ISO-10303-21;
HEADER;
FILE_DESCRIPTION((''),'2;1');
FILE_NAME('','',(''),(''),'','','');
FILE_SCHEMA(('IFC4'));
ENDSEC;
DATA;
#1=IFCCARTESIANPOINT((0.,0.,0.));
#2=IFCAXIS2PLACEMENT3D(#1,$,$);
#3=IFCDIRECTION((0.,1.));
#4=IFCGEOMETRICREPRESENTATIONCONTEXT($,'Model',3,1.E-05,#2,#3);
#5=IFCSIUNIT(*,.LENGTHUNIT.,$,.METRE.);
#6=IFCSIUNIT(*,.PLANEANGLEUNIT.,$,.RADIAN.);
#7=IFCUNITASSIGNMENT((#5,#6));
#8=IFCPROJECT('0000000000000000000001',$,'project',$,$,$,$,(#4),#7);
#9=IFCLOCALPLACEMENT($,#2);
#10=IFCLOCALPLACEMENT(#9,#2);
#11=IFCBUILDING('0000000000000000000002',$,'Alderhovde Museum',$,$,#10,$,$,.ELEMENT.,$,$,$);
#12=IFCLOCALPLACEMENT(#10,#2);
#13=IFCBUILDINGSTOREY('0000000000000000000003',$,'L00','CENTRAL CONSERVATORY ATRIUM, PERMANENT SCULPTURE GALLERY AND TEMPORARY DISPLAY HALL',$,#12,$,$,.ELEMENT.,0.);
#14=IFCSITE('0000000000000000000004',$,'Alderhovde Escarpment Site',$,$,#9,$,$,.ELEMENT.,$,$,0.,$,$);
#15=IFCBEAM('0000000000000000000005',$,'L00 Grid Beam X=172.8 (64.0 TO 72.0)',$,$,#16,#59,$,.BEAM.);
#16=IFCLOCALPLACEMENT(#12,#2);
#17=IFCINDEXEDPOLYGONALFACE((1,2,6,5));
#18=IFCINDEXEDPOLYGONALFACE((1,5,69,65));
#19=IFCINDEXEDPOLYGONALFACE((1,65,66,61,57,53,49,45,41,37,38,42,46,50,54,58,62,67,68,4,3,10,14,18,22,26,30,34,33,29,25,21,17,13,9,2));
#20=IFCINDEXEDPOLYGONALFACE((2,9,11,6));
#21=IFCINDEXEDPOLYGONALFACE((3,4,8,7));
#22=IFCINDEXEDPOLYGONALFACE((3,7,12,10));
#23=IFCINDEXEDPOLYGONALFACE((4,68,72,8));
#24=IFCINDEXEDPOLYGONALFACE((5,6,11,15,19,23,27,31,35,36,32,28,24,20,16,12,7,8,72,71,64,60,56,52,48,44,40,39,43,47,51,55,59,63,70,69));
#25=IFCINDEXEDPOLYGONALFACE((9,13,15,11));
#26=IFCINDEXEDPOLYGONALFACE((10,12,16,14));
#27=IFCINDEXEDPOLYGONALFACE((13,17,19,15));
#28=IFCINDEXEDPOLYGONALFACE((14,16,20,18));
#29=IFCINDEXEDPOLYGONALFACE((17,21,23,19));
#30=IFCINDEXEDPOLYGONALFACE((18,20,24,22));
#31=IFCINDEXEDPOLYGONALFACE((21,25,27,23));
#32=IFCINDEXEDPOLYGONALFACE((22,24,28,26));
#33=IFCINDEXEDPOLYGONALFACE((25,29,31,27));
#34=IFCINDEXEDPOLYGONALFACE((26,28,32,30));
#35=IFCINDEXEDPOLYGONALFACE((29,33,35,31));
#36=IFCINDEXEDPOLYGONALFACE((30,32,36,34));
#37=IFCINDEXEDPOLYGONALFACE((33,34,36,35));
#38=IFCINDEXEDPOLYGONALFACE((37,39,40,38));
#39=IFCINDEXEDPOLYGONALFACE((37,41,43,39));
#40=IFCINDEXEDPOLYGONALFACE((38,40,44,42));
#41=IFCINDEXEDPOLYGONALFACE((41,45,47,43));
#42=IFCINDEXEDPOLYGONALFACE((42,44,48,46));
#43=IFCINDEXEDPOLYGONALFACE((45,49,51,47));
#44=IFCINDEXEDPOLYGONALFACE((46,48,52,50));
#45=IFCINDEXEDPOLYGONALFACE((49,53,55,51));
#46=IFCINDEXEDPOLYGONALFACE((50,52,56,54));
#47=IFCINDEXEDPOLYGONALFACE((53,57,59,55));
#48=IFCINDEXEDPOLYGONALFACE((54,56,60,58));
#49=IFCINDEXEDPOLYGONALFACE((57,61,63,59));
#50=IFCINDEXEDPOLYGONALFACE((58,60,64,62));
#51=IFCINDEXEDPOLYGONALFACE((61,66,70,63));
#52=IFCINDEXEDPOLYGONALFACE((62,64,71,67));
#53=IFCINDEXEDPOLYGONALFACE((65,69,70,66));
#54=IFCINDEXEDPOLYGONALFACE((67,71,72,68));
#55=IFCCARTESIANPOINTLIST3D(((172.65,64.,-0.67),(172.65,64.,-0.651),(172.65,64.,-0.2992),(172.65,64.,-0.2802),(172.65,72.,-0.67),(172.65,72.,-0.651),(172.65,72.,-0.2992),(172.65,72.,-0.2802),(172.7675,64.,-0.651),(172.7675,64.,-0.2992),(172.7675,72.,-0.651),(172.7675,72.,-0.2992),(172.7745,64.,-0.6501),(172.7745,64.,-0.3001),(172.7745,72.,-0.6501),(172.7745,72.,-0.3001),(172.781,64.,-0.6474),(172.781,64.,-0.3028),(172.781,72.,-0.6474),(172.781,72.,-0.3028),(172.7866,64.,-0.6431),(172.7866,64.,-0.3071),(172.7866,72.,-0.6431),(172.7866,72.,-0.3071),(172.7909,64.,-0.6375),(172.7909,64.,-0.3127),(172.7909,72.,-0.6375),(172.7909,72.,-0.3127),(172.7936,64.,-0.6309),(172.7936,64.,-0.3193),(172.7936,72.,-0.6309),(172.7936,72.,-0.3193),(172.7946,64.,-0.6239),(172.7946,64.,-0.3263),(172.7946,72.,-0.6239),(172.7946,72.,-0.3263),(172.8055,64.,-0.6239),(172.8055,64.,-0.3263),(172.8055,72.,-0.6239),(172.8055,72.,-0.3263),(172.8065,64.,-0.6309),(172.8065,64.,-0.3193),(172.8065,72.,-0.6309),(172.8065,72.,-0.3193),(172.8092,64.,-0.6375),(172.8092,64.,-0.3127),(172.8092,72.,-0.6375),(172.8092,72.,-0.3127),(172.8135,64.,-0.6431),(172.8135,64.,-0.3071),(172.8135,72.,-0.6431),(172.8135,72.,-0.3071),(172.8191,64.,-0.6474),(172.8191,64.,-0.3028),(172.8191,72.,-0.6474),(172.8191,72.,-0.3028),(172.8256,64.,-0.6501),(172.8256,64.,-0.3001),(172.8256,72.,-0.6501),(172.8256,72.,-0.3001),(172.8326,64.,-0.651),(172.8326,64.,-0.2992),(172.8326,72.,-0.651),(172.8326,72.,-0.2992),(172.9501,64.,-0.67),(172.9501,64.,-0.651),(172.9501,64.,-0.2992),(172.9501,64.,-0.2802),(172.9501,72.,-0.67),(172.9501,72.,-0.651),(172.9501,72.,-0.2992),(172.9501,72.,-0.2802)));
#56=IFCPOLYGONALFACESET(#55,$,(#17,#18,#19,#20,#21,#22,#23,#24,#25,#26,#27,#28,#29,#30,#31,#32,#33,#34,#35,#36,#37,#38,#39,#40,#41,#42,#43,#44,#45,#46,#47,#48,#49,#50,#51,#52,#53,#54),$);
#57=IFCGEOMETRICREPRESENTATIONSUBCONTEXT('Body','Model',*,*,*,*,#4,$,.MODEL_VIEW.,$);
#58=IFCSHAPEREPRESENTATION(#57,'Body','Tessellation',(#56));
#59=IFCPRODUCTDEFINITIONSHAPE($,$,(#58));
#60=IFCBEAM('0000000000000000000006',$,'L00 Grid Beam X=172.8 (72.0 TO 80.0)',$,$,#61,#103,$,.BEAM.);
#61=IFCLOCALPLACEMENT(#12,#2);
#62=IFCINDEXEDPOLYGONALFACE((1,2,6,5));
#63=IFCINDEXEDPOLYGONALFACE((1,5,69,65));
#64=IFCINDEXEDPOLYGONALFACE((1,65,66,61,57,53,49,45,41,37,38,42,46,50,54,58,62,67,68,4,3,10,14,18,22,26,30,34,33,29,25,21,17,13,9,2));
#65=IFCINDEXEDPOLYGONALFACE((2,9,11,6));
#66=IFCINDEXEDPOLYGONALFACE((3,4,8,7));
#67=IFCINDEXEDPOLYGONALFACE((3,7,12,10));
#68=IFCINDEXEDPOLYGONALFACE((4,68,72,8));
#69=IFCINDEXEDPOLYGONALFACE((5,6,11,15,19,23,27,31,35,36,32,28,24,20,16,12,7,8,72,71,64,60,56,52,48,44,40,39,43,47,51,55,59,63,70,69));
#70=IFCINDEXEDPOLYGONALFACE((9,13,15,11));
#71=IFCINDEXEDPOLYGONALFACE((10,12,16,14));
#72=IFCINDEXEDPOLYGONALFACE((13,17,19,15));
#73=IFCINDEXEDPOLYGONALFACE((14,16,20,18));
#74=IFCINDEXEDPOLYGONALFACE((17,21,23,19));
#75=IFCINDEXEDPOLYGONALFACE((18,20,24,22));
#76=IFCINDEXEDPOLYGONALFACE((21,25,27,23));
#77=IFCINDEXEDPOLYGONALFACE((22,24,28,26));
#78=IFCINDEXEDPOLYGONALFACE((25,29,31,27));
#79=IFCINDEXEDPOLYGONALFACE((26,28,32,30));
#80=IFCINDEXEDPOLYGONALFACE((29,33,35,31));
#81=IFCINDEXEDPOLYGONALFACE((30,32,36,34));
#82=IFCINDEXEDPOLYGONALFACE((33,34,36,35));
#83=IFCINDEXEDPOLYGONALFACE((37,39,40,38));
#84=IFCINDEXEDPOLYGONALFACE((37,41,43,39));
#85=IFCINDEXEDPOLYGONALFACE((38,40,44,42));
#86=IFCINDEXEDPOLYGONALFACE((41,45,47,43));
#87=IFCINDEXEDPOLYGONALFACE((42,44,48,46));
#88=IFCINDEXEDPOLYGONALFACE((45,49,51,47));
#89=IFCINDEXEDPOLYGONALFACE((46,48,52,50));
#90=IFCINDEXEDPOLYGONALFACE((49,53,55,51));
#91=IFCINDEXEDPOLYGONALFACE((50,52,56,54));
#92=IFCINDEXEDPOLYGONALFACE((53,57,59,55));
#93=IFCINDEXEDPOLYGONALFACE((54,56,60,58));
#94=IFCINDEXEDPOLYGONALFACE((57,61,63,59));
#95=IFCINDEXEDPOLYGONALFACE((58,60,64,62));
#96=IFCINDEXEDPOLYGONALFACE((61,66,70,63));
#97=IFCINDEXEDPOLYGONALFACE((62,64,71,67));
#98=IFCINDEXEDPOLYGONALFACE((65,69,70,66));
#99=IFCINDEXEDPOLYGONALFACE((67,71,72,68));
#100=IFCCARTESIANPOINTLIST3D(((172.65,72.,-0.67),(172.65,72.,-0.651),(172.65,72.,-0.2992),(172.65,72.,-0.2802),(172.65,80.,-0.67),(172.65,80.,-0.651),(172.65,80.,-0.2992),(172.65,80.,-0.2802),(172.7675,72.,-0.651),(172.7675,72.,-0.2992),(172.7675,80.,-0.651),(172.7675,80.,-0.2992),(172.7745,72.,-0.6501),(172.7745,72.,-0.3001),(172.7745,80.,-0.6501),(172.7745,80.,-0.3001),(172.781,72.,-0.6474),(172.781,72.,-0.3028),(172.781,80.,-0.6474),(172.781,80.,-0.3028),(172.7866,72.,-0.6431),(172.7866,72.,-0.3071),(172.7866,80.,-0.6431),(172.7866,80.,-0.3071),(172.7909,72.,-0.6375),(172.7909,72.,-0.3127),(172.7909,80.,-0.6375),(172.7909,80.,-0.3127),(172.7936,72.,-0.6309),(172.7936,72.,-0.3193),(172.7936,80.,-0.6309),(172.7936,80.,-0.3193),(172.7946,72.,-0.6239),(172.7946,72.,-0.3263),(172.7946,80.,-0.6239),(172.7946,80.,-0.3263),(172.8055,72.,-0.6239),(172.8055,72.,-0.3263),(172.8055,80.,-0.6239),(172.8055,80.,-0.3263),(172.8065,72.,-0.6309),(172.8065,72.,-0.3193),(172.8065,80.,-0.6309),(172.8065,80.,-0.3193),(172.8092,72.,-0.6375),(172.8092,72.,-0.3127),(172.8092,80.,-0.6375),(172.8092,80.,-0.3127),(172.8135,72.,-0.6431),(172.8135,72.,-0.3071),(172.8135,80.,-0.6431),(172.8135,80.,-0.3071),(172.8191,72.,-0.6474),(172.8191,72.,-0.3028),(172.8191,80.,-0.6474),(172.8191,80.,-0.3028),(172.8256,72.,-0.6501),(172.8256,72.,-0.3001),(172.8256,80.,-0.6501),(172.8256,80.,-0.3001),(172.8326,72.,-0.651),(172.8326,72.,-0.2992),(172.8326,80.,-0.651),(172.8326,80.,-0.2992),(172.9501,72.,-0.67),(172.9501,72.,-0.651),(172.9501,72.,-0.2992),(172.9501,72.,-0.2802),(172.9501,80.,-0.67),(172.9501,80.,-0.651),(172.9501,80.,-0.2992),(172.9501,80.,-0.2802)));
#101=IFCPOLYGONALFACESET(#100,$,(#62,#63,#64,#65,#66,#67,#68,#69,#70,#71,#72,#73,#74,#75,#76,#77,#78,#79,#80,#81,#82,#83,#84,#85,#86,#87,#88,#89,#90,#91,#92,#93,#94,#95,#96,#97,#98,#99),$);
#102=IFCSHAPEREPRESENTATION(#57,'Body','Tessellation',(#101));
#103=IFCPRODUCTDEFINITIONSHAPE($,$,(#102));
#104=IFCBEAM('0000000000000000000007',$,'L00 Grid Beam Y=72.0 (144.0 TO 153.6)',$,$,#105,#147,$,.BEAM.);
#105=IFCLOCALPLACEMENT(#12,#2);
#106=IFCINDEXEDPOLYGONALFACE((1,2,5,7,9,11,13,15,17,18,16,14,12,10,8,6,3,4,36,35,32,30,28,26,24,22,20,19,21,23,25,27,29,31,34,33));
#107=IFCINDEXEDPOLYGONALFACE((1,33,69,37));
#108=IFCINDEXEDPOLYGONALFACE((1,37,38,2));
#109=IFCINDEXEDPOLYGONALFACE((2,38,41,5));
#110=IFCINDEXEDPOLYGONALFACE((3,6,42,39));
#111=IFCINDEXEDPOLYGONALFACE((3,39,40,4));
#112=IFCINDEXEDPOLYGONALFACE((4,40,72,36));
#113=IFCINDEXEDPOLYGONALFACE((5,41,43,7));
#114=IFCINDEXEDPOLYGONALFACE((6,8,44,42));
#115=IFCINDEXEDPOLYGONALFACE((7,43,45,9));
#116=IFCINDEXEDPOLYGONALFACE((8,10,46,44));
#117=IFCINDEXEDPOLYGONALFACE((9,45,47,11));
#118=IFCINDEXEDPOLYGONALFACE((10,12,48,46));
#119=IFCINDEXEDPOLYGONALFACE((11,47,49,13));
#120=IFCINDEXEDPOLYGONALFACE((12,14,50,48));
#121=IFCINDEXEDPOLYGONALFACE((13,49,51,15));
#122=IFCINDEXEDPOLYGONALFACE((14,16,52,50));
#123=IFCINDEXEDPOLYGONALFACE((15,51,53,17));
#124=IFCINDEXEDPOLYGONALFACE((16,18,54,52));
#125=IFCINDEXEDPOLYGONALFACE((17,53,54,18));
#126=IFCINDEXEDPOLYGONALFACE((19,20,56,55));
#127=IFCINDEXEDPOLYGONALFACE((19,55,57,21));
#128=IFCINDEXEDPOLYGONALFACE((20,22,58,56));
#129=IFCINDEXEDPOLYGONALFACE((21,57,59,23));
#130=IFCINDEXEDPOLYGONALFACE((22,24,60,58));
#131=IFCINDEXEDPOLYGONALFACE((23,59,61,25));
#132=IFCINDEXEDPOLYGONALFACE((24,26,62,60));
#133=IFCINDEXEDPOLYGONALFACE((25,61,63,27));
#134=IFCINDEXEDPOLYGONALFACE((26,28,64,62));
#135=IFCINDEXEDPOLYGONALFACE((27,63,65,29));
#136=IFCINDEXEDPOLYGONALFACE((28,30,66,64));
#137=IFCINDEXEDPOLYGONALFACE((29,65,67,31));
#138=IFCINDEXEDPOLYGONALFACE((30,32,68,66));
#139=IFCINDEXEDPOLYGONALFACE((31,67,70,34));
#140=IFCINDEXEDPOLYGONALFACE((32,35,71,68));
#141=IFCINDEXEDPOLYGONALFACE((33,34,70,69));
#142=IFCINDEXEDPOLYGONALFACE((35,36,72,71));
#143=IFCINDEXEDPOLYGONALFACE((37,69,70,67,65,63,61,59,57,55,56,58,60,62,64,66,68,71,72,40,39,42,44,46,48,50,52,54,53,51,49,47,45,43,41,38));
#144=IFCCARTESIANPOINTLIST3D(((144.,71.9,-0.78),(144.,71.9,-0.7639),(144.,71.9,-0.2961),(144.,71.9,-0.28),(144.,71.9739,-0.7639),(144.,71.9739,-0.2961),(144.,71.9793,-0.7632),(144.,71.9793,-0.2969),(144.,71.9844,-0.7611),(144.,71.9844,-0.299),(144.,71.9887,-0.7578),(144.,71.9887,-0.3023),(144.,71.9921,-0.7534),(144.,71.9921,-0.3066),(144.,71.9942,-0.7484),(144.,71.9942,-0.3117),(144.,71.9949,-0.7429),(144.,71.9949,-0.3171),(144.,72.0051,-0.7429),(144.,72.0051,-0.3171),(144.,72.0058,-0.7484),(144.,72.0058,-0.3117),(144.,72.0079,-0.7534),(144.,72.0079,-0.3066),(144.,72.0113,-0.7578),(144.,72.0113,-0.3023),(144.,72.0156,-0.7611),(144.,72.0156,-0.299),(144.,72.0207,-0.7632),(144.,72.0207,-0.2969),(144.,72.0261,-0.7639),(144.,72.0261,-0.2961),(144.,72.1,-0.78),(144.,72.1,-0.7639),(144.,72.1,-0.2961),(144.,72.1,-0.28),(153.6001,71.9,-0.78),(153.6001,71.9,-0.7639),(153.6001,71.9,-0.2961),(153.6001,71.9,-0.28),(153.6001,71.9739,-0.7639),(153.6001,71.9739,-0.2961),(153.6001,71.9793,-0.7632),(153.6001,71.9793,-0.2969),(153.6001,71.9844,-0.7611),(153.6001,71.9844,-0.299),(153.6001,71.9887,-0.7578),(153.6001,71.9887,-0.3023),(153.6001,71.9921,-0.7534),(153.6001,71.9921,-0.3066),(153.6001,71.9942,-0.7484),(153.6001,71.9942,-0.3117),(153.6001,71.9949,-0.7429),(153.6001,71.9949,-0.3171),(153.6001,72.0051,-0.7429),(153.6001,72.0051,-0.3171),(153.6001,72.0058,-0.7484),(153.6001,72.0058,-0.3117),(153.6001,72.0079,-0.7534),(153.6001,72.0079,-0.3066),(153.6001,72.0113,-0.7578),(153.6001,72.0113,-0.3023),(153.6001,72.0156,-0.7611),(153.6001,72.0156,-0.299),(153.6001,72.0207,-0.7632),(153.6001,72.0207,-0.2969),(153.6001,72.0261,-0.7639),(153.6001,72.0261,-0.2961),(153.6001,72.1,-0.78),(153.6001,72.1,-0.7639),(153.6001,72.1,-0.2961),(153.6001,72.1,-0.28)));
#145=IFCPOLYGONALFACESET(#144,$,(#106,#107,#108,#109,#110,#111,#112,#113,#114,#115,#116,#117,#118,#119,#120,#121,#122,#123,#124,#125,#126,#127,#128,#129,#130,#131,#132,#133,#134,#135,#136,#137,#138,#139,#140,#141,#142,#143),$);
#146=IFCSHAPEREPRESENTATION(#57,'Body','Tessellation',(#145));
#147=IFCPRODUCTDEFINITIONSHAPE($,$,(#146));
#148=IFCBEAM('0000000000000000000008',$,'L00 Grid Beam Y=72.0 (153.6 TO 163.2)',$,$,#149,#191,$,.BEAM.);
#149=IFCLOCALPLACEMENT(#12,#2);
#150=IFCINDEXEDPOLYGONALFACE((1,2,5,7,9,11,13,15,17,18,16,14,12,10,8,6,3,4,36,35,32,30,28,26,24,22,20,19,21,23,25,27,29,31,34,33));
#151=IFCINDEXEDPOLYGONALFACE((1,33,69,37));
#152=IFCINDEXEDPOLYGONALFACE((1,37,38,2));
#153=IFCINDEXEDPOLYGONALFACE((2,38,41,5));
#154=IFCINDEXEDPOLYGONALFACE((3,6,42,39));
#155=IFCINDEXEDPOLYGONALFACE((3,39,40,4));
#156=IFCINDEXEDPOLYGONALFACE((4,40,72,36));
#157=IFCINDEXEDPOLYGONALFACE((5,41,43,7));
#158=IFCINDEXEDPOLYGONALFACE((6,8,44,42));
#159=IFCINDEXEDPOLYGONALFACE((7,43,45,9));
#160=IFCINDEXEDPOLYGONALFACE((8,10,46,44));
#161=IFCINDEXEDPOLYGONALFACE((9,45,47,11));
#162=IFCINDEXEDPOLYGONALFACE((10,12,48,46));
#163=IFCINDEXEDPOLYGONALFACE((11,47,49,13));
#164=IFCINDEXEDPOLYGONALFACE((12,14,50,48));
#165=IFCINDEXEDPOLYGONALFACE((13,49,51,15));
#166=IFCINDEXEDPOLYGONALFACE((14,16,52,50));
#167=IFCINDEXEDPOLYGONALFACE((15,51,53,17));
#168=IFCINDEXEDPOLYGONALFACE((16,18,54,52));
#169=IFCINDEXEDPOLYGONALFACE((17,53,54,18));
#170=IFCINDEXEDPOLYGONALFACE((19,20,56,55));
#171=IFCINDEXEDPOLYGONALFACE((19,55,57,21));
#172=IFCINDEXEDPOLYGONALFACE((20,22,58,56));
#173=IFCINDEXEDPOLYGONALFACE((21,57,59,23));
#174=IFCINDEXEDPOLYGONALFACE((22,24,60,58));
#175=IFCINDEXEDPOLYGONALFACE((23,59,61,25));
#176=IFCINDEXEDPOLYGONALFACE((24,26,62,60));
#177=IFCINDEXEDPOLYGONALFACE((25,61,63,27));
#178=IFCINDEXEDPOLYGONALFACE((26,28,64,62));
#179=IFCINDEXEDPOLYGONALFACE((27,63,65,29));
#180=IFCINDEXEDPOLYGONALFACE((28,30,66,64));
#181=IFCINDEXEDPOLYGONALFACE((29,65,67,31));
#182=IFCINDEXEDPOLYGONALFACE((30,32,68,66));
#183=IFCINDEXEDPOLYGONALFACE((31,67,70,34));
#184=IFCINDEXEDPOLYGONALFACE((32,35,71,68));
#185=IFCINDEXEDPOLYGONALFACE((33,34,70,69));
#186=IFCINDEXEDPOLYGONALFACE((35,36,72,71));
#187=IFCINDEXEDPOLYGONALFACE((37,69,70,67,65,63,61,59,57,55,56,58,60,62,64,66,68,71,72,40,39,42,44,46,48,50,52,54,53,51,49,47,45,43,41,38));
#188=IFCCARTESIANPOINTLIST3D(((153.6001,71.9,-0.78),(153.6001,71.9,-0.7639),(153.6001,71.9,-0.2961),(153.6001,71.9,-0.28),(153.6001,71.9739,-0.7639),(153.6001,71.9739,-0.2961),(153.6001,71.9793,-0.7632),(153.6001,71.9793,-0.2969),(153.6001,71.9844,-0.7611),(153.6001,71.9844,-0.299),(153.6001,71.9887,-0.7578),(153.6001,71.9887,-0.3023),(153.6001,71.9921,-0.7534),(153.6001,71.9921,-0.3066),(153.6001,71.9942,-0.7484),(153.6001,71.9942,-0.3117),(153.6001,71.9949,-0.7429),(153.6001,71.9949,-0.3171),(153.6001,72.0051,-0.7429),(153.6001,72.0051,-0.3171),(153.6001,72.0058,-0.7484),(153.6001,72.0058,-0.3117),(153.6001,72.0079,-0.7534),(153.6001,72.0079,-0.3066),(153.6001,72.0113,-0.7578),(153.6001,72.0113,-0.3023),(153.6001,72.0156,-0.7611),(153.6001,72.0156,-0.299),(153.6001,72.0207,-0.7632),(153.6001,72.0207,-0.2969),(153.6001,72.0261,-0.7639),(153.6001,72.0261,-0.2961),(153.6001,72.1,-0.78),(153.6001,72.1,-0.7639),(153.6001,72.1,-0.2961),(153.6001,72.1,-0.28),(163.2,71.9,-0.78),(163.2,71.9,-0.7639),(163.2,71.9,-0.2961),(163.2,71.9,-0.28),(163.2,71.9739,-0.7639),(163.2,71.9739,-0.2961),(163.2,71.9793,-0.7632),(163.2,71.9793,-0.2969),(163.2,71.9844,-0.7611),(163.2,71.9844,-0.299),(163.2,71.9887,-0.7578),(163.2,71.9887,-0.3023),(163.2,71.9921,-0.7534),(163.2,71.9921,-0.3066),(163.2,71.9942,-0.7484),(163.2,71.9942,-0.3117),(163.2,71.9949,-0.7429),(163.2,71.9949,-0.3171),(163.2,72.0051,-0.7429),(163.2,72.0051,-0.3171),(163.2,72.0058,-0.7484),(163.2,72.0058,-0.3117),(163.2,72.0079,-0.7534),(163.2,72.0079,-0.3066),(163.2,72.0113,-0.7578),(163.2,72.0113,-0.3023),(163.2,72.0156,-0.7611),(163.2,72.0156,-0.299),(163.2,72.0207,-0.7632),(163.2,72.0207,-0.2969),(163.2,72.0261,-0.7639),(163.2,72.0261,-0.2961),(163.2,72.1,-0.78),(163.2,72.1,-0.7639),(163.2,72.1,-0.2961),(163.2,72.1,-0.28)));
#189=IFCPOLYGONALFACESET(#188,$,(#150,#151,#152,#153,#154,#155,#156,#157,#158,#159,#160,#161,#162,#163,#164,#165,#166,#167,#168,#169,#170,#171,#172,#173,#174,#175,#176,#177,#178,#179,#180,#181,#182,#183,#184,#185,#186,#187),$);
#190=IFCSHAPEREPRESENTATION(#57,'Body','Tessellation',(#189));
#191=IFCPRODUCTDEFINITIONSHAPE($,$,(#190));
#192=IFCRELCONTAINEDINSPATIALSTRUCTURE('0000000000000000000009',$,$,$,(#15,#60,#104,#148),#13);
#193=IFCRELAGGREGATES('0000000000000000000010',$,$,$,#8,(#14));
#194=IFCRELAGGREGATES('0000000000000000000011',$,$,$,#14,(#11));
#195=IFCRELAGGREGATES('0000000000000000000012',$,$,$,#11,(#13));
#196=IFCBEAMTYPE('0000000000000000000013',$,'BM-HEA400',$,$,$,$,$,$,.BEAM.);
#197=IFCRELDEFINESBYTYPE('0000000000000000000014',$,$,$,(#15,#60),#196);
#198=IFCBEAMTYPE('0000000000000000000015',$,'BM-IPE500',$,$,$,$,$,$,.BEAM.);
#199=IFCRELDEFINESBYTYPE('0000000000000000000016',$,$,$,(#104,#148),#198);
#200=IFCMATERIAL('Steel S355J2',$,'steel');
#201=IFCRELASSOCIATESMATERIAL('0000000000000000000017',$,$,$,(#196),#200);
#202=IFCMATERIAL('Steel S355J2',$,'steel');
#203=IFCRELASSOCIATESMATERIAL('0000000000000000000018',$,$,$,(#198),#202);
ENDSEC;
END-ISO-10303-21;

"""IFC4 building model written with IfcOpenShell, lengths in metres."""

from ifc_helpers import new_model, si_unit, direction, frame, origin, origin_2d, place, context, subcontext, project, spatial, i_section, extrude, material, material_profile, profile_set, type_object, element, save


model = new_model("IFC4")

# Units and contexts
model_context = context("Model", 3, precision=1e-05, world=origin(), true_north=direction((0.0, 1.0)))
body_context = subcontext(model_context, "Body", "Model", "MODEL_VIEW")
ifc_project = project(units=[si_unit("LENGTHUNIT", "METRE"), si_unit("PLANEANGLEUNIT", "RADIAN")], contexts=[model_context])

# Site, building, storey
site_placement = place(None, origin())
site = spatial("IfcSite", under=ifc_project, at=site_placement, Name="Alderhovde Escarpment Site", CompositionType="ELEMENT", RefElevation=0.0)
building_placement = place(site_placement, origin())
building = spatial("IfcBuilding", under=site, at=building_placement, Name="Alderhovde Museum", CompositionType="ELEMENT")
storey_placement = place(building_placement, origin())
storey = spatial("IfcBuildingStorey", under=building, at=storey_placement, Name="L00", Description="CENTRAL CONSERVATORY ATRIUM, PERMANENT SCULPTURE GALLERY AND TEMPORARY DISPLAY HALL", CompositionType="ELEMENT", Elevation=0.0)

# Beams
ifc_material_1 = material(Name="Steel S355J2", Category="steel")
ifc_material_profile_1 = material_profile(ifc_material_1, i_section(OverallWidth=0.3, OverallDepth=0.3899, WebThickness=0.011, FlangeThickness=0.019, FilletRadius=0.0271, at=origin_2d()), Name="HEA 400")
ifc_profile_set_1 = profile_set([ifc_material_profile_1], Name="Steel S355J2")
beam_type_1 = type_object("IfcBeamType", Name="BM-HEA400", PredefinedType="BEAM", material=ifc_profile_set_1)
for number, where, z_axis, x_axis, name in (
    (1, (172.8, 64.0, -0.4751), (0.0, 1.0, 0.0), (-1.0, 0.0, 0.0), "L00 Grid Beam X=172.8 (64.0 TO 72.0)"),
    (2, (172.8, 72.0, -0.4751), (0.0, 1.0, 0.0), (-1.0, 0.0, 0.0), "L00 Grid Beam X=172.8 (72.0 TO 80.0)"),
):
    element("IfcBeam", number, at=place(storey_placement, frame(where, z_axis=z_axis, x_axis=x_axis)), inside=storey, type_object=beam_type_1, Name=name, PredefinedType="BEAM", context=body_context, shape_type="SweptSolid", body=[
        extrude(i_section(OverallWidth=0.3, OverallDepth=0.3899, WebThickness=0.011, FlangeThickness=0.019, FilletRadius=0.0271, at=origin_2d()), origin(), (0.0, 0.0, 1.0), 8.0),
    ])
ifc_material_2 = material(Name="Steel S355J2", Category="steel")
ifc_material_profile_2 = material_profile(ifc_material_2, i_section(OverallWidth=0.2, OverallDepth=0.5, WebThickness=0.0103, FlangeThickness=0.0161, FilletRadius=0.021, at=origin_2d()), Name="IPE 500")
ifc_profile_set_2 = profile_set([ifc_material_profile_2], Name="Steel S355J2")
beam_type_2 = type_object("IfcBeamType", Name="BM-IPE500", PredefinedType="BEAM", material=ifc_profile_set_2)
beam_1_placement = place(storey_placement, frame((144.0, 72.0, -0.53), z_axis=(1.0, 0.0, 0.0), x_axis=(0.0, 1.0, 0.0)))
element("IfcBeam", 3, at=beam_1_placement, inside=storey, type_object=beam_type_2, Name="L00 Grid Beam Y=72.0 (144.0 TO 153.6)", PredefinedType="BEAM", context=body_context, shape_type="SweptSolid", body=[
    extrude(i_section(OverallWidth=0.2, OverallDepth=0.5, WebThickness=0.0103, FlangeThickness=0.0161, FilletRadius=0.021, at=origin_2d()), origin(), (0.0, 0.0, 1.0), 9.6001),
])
beam_2_placement = place(storey_placement, frame((153.6001, 72.0, -0.53), z_axis=(1.0, 0.0, 0.0), x_axis=(0.0, 1.0, 0.0)))
element("IfcBeam", 4, at=beam_2_placement, inside=storey, type_object=beam_type_2, Name="L00 Grid Beam Y=72.0 (153.6 TO 163.2)", PredefinedType="BEAM", context=body_context, shape_type="SweptSolid", body=[
    extrude(i_section(OverallWidth=0.2, OverallDepth=0.5, WebThickness=0.0103, FlangeThickness=0.0161, FilletRadius=0.021, at=origin_2d()), origin(), (0.0, 0.0, 1.0), 9.5999),
])

save(model, "model.ifc")
